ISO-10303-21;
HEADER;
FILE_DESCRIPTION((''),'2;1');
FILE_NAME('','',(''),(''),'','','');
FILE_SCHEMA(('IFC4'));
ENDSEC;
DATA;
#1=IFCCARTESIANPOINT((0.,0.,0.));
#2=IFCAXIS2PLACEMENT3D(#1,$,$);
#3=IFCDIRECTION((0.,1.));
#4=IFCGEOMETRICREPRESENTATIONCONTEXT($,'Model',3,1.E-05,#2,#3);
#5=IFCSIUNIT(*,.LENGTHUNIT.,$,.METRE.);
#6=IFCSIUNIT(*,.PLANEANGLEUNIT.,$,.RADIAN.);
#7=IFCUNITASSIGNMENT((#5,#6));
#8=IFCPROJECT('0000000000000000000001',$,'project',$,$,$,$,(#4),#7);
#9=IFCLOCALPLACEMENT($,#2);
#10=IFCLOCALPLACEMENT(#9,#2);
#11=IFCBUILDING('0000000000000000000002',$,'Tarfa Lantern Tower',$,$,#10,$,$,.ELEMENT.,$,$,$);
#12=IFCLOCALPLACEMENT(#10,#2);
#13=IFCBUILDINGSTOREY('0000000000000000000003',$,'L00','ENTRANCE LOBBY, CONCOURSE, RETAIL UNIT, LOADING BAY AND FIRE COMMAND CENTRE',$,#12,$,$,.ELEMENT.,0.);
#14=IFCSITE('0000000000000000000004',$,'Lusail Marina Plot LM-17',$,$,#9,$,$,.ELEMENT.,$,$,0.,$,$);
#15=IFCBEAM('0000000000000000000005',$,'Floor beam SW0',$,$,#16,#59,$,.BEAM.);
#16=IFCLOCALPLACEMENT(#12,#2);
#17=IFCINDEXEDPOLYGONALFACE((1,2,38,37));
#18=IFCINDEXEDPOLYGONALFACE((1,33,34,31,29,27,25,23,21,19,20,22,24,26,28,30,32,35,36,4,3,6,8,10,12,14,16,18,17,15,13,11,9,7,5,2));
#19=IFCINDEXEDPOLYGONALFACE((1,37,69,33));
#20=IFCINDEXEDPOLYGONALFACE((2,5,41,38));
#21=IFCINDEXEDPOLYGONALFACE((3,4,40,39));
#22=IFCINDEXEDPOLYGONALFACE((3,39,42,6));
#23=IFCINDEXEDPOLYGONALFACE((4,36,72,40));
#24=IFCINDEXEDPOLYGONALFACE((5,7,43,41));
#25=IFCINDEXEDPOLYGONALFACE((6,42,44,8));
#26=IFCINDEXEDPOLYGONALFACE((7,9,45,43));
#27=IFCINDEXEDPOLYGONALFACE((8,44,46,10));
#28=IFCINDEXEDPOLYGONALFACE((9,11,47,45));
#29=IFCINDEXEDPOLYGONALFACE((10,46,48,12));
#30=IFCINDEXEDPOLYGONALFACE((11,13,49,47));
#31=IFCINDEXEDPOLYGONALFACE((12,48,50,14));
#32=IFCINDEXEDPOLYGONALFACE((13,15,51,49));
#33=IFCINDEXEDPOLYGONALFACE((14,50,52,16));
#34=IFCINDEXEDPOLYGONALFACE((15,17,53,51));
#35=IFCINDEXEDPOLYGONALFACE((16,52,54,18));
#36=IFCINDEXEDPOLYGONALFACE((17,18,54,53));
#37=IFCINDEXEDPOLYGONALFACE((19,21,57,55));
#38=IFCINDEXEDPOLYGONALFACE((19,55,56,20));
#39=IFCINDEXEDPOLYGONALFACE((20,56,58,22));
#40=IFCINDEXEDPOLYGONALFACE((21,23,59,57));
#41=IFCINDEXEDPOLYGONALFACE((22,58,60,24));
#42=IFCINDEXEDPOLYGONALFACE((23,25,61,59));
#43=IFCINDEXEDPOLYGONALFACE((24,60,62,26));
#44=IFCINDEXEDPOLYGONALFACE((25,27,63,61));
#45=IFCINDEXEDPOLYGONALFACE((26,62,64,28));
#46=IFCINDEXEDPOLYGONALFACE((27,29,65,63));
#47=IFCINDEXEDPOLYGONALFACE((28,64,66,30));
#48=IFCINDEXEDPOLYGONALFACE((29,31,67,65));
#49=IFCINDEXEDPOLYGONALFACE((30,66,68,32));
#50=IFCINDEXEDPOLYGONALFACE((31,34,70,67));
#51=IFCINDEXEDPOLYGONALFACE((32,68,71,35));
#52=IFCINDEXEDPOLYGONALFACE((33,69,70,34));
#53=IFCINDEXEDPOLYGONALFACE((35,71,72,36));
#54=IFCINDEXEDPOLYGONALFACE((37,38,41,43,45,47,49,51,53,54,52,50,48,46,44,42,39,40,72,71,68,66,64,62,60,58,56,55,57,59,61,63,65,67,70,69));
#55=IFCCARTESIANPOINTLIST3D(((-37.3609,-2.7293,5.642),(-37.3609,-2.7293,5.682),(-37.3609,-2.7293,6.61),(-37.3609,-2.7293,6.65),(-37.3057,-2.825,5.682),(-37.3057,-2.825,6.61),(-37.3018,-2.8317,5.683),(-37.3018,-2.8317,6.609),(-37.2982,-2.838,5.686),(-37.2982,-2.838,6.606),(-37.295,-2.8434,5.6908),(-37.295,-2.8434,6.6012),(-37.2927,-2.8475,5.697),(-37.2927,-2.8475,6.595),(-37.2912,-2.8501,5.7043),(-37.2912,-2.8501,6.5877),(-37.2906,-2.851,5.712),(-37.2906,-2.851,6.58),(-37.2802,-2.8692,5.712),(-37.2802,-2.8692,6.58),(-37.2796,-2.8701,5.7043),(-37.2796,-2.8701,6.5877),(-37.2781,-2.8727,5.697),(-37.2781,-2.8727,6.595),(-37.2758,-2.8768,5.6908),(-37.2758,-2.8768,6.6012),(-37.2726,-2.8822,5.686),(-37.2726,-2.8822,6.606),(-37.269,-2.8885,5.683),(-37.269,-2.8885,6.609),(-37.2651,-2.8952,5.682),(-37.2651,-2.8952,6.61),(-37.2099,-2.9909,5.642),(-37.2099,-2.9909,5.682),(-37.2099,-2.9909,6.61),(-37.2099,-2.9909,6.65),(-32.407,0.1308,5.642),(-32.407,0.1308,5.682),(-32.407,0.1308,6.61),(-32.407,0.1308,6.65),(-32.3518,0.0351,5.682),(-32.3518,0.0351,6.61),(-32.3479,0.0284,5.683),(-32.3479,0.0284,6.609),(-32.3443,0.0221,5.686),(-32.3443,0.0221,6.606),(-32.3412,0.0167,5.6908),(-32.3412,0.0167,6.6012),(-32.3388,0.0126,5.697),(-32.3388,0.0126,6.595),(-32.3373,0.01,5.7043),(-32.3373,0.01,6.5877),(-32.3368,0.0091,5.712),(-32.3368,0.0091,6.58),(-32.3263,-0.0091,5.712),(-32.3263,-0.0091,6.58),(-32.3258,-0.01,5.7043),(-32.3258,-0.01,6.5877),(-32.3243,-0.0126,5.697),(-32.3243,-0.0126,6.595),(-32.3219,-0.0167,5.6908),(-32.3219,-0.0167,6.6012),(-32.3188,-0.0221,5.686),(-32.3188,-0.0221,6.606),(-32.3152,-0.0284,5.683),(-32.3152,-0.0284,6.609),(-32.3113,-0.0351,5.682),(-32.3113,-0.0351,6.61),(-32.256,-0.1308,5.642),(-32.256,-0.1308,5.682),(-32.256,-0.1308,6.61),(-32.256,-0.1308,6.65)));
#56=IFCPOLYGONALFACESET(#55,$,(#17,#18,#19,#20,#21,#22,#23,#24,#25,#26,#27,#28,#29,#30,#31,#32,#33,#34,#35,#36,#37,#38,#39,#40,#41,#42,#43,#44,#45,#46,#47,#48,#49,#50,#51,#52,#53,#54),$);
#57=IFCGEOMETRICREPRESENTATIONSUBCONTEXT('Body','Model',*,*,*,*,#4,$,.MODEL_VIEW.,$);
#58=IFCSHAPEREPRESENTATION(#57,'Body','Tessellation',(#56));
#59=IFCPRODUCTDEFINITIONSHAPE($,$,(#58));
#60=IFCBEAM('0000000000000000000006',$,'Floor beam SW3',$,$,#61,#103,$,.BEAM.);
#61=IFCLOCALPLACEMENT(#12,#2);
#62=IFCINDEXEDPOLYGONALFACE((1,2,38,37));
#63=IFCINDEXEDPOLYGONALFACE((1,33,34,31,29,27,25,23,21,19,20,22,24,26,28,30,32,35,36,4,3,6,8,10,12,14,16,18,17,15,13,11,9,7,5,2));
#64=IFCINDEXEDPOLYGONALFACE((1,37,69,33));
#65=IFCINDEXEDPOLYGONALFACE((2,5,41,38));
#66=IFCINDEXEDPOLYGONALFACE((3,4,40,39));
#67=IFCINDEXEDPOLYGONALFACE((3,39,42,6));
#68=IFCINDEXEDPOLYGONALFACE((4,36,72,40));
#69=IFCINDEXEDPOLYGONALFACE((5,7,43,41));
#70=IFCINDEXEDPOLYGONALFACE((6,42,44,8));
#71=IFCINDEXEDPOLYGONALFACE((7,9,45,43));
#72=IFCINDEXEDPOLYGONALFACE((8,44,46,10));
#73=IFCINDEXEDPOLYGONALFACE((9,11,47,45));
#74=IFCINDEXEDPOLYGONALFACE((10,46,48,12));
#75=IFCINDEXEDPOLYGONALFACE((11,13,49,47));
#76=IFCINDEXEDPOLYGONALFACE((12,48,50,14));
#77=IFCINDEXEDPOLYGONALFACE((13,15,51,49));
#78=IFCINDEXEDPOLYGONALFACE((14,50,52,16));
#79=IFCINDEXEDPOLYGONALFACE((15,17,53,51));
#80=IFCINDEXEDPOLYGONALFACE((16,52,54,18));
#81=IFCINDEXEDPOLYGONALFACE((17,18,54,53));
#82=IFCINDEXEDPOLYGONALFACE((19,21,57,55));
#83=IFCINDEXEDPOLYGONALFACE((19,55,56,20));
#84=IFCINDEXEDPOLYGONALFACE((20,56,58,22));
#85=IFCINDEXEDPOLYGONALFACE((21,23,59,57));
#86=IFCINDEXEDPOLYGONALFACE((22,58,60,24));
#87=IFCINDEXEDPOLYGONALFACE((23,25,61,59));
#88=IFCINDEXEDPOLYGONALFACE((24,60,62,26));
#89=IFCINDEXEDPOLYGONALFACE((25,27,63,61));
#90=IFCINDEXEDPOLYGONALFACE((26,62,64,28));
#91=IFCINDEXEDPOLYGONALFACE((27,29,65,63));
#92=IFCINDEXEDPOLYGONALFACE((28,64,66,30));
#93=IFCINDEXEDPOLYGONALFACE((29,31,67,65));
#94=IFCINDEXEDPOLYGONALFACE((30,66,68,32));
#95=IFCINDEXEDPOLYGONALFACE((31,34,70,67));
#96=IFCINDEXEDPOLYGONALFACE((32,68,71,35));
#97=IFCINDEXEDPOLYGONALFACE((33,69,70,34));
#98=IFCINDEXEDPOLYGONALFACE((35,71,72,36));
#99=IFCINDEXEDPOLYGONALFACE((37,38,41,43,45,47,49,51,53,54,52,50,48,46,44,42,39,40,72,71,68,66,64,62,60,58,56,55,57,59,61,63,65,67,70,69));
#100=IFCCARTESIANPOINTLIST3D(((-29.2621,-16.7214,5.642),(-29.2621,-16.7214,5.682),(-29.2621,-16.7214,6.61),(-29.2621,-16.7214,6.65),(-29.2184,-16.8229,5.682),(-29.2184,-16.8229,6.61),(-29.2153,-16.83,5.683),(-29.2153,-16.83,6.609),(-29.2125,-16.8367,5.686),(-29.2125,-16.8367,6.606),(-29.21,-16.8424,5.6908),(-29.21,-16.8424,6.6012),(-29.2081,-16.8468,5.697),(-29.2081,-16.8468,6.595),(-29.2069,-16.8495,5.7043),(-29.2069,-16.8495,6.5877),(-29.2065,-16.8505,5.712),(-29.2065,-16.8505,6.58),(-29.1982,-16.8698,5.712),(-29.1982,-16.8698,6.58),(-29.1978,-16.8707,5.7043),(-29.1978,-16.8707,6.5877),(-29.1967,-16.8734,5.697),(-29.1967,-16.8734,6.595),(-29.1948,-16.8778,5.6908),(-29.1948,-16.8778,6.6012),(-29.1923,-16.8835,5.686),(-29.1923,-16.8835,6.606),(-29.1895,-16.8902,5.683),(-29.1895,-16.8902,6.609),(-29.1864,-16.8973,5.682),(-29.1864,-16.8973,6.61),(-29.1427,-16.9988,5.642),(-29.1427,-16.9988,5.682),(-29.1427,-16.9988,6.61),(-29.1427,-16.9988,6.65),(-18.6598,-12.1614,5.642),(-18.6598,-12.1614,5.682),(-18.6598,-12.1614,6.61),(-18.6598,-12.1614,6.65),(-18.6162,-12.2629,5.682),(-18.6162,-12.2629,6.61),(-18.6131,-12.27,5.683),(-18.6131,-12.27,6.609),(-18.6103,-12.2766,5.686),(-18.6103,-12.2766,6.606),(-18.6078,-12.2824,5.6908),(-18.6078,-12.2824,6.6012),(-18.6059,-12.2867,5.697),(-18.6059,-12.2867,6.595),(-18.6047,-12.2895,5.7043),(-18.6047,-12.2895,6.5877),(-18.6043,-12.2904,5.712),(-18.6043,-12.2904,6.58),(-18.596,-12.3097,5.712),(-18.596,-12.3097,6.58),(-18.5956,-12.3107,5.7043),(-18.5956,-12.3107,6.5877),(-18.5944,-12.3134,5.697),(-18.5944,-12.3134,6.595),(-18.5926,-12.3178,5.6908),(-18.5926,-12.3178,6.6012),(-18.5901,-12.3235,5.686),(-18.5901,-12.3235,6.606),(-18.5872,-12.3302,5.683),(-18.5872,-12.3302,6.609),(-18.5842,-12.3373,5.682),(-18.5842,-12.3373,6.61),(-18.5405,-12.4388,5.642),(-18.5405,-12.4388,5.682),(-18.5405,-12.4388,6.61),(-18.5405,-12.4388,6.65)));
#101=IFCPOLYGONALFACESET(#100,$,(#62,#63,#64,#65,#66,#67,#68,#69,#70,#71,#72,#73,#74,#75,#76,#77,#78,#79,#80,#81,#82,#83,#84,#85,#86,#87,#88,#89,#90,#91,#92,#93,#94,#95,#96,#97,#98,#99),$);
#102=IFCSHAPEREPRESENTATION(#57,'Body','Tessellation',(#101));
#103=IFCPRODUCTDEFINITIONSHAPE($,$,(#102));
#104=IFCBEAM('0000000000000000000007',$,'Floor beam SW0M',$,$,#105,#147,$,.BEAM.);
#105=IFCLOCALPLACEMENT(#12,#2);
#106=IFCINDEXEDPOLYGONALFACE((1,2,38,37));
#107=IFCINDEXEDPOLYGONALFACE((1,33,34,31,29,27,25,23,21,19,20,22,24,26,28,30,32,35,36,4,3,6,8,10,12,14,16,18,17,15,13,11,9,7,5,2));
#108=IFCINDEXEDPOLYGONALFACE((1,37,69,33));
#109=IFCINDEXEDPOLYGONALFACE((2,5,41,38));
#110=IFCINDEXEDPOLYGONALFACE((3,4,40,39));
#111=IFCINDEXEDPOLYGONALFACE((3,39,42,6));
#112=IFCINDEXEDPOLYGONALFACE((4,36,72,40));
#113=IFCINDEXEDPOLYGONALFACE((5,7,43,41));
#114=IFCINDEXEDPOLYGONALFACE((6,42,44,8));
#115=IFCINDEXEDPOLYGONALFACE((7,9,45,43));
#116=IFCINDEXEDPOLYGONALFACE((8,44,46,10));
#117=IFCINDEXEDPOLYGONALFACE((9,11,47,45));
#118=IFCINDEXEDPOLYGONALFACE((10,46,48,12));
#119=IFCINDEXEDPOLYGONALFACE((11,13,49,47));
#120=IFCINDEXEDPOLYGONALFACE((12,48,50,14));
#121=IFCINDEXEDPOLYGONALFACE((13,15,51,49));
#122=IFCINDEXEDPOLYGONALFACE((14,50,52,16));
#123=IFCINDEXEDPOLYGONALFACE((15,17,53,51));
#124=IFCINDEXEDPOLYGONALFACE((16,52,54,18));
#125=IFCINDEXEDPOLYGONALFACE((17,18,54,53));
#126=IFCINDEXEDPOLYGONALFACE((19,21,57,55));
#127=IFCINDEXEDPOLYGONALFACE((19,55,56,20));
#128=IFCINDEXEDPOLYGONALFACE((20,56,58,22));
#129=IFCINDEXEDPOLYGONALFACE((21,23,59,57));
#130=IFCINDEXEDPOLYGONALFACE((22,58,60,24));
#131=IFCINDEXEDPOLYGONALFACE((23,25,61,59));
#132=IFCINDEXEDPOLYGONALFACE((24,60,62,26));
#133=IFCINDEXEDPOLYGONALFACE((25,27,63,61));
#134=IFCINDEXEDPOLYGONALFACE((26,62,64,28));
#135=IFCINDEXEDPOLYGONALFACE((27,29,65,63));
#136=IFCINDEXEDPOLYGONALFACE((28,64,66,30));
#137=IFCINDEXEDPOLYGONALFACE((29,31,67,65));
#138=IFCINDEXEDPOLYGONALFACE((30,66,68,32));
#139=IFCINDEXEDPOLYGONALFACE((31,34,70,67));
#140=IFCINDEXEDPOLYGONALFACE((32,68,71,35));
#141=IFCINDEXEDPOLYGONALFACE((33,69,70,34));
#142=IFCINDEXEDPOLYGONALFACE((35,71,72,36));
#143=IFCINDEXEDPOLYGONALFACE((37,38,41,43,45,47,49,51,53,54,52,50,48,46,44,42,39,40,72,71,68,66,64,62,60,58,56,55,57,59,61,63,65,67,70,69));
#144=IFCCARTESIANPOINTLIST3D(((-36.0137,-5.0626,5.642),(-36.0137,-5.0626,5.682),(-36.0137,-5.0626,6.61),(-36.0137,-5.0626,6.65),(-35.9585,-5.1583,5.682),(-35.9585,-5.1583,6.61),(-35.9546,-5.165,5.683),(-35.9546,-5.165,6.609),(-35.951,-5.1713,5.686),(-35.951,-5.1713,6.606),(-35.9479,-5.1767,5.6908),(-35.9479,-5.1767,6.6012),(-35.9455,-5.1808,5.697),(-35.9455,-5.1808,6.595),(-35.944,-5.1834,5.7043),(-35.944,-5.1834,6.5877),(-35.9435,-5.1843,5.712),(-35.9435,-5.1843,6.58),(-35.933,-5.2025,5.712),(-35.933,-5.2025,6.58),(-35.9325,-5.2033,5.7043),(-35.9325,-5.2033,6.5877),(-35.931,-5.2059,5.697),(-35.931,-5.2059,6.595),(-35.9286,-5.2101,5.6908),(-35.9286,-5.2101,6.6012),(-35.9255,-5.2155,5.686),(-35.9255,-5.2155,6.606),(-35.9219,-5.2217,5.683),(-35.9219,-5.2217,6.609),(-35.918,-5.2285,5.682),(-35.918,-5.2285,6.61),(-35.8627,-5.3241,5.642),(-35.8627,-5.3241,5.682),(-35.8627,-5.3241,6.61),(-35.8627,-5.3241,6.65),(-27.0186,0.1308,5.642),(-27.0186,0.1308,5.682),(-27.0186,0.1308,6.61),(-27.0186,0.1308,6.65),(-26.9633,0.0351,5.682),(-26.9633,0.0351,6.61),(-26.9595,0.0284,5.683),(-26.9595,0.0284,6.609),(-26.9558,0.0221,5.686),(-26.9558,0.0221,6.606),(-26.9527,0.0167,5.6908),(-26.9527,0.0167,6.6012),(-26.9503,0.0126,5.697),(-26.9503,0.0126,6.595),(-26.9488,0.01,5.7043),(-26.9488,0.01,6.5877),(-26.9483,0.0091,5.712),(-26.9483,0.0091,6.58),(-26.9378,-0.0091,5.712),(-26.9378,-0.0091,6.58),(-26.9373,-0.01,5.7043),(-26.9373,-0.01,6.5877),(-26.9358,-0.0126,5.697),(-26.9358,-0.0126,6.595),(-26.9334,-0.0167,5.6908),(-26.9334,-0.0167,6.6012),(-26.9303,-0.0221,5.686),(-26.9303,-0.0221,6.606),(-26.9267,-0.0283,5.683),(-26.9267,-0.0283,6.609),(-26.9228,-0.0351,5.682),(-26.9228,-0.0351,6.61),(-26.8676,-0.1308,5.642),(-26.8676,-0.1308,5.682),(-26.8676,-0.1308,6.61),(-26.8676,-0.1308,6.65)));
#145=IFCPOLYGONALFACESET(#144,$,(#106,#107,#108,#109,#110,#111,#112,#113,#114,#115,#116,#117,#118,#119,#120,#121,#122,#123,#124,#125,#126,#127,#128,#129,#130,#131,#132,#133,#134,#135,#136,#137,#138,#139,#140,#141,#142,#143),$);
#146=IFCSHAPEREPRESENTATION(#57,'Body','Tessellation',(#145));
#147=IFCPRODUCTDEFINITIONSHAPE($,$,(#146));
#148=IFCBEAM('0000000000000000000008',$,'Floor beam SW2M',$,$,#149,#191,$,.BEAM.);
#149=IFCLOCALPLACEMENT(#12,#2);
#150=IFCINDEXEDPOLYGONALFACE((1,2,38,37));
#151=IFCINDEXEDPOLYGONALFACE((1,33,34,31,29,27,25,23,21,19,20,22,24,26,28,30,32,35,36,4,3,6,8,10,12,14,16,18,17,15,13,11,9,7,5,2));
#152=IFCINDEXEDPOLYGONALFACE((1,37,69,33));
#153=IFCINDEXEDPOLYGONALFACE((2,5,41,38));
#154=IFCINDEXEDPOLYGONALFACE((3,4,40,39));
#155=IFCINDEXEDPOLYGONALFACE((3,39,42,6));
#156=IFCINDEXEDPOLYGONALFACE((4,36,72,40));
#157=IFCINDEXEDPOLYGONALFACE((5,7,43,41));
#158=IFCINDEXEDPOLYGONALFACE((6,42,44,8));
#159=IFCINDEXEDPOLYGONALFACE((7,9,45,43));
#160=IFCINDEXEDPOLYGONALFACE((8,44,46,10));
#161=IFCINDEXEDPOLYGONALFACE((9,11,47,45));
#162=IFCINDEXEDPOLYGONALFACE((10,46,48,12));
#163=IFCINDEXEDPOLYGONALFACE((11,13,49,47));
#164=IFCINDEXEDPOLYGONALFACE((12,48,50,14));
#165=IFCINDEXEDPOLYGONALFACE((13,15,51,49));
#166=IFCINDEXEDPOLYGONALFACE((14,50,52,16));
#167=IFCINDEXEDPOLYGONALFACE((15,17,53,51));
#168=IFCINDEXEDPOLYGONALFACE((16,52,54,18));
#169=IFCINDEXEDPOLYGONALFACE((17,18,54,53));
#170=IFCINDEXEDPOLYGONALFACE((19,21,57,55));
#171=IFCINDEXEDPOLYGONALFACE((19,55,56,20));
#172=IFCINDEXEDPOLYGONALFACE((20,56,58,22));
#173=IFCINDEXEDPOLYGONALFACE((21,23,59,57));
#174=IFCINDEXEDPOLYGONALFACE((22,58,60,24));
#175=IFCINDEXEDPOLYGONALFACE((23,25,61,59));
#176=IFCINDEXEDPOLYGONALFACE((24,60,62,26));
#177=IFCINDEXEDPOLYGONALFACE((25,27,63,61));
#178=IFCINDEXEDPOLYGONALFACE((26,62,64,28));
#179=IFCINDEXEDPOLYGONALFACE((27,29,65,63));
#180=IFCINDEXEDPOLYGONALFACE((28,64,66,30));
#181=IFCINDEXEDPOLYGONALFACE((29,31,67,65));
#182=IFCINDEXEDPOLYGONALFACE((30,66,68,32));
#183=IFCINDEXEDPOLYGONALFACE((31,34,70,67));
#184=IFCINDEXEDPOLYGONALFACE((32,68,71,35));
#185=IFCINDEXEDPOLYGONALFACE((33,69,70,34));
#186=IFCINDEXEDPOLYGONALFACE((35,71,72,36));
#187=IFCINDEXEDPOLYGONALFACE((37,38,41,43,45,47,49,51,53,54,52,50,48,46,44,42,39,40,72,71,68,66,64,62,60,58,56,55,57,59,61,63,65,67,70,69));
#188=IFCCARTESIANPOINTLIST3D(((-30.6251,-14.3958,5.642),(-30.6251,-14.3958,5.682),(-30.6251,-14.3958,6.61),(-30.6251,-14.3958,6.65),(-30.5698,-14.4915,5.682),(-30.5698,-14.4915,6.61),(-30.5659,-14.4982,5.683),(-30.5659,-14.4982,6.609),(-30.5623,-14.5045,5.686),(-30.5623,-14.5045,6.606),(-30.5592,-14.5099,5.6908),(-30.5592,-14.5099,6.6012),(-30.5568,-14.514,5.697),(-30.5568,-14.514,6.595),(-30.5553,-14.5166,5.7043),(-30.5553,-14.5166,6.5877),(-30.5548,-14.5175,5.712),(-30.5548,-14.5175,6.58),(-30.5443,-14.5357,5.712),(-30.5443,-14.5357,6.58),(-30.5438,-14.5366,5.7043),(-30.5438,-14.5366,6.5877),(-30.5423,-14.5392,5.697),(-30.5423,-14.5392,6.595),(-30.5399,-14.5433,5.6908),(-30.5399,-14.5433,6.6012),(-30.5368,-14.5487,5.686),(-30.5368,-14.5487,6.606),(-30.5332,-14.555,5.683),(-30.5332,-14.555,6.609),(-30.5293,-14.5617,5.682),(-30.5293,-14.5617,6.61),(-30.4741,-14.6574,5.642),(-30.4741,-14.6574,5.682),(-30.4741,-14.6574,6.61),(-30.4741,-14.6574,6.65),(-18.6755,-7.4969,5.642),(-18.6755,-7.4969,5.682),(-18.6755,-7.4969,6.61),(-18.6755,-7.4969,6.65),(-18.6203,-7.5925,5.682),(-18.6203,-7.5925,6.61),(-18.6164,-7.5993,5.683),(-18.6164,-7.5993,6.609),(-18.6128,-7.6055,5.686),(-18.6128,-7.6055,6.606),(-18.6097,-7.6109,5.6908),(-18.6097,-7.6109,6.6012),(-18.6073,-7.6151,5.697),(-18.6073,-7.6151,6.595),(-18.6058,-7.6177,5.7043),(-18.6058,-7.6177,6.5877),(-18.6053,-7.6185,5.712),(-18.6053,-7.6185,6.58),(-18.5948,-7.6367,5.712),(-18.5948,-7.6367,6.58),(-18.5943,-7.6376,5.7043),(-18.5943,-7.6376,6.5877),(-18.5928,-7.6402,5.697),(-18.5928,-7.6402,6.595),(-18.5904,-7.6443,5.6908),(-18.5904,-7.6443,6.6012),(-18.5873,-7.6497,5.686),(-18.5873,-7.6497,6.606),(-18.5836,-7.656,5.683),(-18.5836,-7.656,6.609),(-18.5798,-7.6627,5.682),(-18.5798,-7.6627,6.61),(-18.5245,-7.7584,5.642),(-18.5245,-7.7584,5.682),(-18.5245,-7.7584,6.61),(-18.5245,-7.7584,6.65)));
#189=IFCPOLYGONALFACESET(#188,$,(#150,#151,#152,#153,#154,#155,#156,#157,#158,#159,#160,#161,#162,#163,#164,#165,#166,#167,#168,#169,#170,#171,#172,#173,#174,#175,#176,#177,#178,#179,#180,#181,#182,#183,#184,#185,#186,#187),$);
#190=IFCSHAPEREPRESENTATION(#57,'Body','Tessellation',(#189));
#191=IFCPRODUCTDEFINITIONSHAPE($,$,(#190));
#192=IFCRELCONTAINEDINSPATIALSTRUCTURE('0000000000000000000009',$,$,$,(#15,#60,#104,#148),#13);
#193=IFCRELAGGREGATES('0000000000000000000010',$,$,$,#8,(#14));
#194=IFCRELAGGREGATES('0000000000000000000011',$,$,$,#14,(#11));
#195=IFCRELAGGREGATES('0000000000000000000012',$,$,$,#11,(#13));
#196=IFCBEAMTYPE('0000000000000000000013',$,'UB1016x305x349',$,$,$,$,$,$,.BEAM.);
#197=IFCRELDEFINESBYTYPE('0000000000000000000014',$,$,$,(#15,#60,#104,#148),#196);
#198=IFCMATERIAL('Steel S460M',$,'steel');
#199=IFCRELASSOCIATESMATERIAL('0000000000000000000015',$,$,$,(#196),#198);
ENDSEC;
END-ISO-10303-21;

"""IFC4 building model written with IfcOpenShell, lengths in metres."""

from ifc_helpers import new_model, si_unit, direction, frame, origin, origin_2d, place, context, subcontext, project, spatial, i_section, extrude, material, material_profile, profile_set, type_object, element, save


model = new_model("IFC4")

# Units and contexts
model_context = context("Model", 3, precision=1e-05, world=origin(), true_north=direction((0.0, 1.0)))
body_context = subcontext(model_context, "Body", "Model", "MODEL_VIEW")
ifc_project = project(units=[si_unit("LENGTHUNIT", "METRE"), si_unit("PLANEANGLEUNIT", "RADIAN")], contexts=[model_context])

# Site, building, storey
site_placement = place(None, origin())
site = spatial("IfcSite", under=ifc_project, at=site_placement, Name="Lusail Marina Plot LM-17", CompositionType="ELEMENT", RefElevation=0.0)
building_placement = place(site_placement, origin())
building = spatial("IfcBuilding", under=site, at=building_placement, Name="Tarfa Lantern Tower", CompositionType="ELEMENT")
storey_placement = place(building_placement, origin())
storey = spatial("IfcBuildingStorey", under=building, at=storey_placement, Name="L00", Description="ENTRANCE LOBBY, CONCOURSE, RETAIL UNIT, LOADING BAY AND FIRE COMMAND CENTRE", CompositionType="ELEMENT", Elevation=0.0)

# Beams
ifc_material_1 = material(Name="Steel S460M", Category="steel")
ifc_material_profile_1 = material_profile(ifc_material_1, i_section(OverallWidth=0.302, OverallDepth=1.0081, WebThickness=0.021, FlangeThickness=0.04, FilletRadius=0.03, at=origin_2d()), Name="UB1016x305x349")
ifc_profile_set_1 = profile_set([ifc_material_profile_1], Name="Steel S460M")
beam_type_1 = type_object("IfcBeamType", Name="UB1016x305x349", PredefinedType="BEAM", material=ifc_profile_set_1)
beam_1_placement = place(storey_placement, frame((-37.2854, -2.8601, 6.146), z_axis=(0.866026, 0.5, 0.0), x_axis=(-0.5, 0.866026, 0.0)))
element("IfcBeam", 1, at=beam_1_placement, inside=storey, type_object=beam_type_1, Name="Floor beam SW0", PredefinedType="BEAM", context=body_context, shape_type="SweptSolid", body=[
    extrude(i_section(OverallWidth=0.302, OverallDepth=1.0081, WebThickness=0.021, FlangeThickness=0.04, FilletRadius=0.03, at=origin_2d()), origin(), (0.0, 0.0, 1.0), 5.7202),
])
beam_2_placement = place(storey_placement, frame((-29.2024, -16.8601, 6.146), z_axis=(0.918635, 0.395106, 0.0), x_axis=(-0.395106, 0.918635, 0.0)))
element("IfcBeam", 2, at=beam_2_placement, inside=storey, type_object=beam_type_1, Name="Floor beam SW3", PredefinedType="BEAM", context=body_context, shape_type="SweptSolid", body=[
    extrude(i_section(OverallWidth=0.302, OverallDepth=1.0081, WebThickness=0.021, FlangeThickness=0.04, FilletRadius=0.03, at=origin_2d()), origin(), (0.0, 0.0, 1.0), 11.5413),
])
beam_3_placement = place(storey_placement, frame((-35.9382, -5.1934, 6.146), z_axis=(0.866024, 0.500002, 0.0), x_axis=(-0.500002, 0.866024, 0.0)))
element("IfcBeam", 3, at=beam_3_placement, inside=storey, type_object=beam_type_1, Name="Floor beam SW0M", PredefinedType="BEAM", context=body_context, shape_type="SweptSolid", body=[
    extrude(i_section(OverallWidth=0.302, OverallDepth=1.0081, WebThickness=0.021, FlangeThickness=0.04, FilletRadius=0.03, at=origin_2d()), origin(), (0.0, 0.0, 1.0), 10.3867),
])
beam_4_placement = place(storey_placement, frame((-30.5496, -14.5266, 6.146), z_axis=(0.866029, 0.499995, 0.0), x_axis=(-0.499995, 0.866029, 0.0)))
element("IfcBeam", 4, at=beam_4_placement, inside=storey, type_object=beam_type_1, Name="Floor beam SW2M", PredefinedType="BEAM", context=body_context, shape_type="SweptSolid", body=[
    extrude(i_section(OverallWidth=0.302, OverallDepth=1.0081, WebThickness=0.021, FlangeThickness=0.04, FilletRadius=0.03, at=origin_2d()), origin(), (0.0, 0.0, 1.0), 13.7981),
])

save(model, "model.ifc")
